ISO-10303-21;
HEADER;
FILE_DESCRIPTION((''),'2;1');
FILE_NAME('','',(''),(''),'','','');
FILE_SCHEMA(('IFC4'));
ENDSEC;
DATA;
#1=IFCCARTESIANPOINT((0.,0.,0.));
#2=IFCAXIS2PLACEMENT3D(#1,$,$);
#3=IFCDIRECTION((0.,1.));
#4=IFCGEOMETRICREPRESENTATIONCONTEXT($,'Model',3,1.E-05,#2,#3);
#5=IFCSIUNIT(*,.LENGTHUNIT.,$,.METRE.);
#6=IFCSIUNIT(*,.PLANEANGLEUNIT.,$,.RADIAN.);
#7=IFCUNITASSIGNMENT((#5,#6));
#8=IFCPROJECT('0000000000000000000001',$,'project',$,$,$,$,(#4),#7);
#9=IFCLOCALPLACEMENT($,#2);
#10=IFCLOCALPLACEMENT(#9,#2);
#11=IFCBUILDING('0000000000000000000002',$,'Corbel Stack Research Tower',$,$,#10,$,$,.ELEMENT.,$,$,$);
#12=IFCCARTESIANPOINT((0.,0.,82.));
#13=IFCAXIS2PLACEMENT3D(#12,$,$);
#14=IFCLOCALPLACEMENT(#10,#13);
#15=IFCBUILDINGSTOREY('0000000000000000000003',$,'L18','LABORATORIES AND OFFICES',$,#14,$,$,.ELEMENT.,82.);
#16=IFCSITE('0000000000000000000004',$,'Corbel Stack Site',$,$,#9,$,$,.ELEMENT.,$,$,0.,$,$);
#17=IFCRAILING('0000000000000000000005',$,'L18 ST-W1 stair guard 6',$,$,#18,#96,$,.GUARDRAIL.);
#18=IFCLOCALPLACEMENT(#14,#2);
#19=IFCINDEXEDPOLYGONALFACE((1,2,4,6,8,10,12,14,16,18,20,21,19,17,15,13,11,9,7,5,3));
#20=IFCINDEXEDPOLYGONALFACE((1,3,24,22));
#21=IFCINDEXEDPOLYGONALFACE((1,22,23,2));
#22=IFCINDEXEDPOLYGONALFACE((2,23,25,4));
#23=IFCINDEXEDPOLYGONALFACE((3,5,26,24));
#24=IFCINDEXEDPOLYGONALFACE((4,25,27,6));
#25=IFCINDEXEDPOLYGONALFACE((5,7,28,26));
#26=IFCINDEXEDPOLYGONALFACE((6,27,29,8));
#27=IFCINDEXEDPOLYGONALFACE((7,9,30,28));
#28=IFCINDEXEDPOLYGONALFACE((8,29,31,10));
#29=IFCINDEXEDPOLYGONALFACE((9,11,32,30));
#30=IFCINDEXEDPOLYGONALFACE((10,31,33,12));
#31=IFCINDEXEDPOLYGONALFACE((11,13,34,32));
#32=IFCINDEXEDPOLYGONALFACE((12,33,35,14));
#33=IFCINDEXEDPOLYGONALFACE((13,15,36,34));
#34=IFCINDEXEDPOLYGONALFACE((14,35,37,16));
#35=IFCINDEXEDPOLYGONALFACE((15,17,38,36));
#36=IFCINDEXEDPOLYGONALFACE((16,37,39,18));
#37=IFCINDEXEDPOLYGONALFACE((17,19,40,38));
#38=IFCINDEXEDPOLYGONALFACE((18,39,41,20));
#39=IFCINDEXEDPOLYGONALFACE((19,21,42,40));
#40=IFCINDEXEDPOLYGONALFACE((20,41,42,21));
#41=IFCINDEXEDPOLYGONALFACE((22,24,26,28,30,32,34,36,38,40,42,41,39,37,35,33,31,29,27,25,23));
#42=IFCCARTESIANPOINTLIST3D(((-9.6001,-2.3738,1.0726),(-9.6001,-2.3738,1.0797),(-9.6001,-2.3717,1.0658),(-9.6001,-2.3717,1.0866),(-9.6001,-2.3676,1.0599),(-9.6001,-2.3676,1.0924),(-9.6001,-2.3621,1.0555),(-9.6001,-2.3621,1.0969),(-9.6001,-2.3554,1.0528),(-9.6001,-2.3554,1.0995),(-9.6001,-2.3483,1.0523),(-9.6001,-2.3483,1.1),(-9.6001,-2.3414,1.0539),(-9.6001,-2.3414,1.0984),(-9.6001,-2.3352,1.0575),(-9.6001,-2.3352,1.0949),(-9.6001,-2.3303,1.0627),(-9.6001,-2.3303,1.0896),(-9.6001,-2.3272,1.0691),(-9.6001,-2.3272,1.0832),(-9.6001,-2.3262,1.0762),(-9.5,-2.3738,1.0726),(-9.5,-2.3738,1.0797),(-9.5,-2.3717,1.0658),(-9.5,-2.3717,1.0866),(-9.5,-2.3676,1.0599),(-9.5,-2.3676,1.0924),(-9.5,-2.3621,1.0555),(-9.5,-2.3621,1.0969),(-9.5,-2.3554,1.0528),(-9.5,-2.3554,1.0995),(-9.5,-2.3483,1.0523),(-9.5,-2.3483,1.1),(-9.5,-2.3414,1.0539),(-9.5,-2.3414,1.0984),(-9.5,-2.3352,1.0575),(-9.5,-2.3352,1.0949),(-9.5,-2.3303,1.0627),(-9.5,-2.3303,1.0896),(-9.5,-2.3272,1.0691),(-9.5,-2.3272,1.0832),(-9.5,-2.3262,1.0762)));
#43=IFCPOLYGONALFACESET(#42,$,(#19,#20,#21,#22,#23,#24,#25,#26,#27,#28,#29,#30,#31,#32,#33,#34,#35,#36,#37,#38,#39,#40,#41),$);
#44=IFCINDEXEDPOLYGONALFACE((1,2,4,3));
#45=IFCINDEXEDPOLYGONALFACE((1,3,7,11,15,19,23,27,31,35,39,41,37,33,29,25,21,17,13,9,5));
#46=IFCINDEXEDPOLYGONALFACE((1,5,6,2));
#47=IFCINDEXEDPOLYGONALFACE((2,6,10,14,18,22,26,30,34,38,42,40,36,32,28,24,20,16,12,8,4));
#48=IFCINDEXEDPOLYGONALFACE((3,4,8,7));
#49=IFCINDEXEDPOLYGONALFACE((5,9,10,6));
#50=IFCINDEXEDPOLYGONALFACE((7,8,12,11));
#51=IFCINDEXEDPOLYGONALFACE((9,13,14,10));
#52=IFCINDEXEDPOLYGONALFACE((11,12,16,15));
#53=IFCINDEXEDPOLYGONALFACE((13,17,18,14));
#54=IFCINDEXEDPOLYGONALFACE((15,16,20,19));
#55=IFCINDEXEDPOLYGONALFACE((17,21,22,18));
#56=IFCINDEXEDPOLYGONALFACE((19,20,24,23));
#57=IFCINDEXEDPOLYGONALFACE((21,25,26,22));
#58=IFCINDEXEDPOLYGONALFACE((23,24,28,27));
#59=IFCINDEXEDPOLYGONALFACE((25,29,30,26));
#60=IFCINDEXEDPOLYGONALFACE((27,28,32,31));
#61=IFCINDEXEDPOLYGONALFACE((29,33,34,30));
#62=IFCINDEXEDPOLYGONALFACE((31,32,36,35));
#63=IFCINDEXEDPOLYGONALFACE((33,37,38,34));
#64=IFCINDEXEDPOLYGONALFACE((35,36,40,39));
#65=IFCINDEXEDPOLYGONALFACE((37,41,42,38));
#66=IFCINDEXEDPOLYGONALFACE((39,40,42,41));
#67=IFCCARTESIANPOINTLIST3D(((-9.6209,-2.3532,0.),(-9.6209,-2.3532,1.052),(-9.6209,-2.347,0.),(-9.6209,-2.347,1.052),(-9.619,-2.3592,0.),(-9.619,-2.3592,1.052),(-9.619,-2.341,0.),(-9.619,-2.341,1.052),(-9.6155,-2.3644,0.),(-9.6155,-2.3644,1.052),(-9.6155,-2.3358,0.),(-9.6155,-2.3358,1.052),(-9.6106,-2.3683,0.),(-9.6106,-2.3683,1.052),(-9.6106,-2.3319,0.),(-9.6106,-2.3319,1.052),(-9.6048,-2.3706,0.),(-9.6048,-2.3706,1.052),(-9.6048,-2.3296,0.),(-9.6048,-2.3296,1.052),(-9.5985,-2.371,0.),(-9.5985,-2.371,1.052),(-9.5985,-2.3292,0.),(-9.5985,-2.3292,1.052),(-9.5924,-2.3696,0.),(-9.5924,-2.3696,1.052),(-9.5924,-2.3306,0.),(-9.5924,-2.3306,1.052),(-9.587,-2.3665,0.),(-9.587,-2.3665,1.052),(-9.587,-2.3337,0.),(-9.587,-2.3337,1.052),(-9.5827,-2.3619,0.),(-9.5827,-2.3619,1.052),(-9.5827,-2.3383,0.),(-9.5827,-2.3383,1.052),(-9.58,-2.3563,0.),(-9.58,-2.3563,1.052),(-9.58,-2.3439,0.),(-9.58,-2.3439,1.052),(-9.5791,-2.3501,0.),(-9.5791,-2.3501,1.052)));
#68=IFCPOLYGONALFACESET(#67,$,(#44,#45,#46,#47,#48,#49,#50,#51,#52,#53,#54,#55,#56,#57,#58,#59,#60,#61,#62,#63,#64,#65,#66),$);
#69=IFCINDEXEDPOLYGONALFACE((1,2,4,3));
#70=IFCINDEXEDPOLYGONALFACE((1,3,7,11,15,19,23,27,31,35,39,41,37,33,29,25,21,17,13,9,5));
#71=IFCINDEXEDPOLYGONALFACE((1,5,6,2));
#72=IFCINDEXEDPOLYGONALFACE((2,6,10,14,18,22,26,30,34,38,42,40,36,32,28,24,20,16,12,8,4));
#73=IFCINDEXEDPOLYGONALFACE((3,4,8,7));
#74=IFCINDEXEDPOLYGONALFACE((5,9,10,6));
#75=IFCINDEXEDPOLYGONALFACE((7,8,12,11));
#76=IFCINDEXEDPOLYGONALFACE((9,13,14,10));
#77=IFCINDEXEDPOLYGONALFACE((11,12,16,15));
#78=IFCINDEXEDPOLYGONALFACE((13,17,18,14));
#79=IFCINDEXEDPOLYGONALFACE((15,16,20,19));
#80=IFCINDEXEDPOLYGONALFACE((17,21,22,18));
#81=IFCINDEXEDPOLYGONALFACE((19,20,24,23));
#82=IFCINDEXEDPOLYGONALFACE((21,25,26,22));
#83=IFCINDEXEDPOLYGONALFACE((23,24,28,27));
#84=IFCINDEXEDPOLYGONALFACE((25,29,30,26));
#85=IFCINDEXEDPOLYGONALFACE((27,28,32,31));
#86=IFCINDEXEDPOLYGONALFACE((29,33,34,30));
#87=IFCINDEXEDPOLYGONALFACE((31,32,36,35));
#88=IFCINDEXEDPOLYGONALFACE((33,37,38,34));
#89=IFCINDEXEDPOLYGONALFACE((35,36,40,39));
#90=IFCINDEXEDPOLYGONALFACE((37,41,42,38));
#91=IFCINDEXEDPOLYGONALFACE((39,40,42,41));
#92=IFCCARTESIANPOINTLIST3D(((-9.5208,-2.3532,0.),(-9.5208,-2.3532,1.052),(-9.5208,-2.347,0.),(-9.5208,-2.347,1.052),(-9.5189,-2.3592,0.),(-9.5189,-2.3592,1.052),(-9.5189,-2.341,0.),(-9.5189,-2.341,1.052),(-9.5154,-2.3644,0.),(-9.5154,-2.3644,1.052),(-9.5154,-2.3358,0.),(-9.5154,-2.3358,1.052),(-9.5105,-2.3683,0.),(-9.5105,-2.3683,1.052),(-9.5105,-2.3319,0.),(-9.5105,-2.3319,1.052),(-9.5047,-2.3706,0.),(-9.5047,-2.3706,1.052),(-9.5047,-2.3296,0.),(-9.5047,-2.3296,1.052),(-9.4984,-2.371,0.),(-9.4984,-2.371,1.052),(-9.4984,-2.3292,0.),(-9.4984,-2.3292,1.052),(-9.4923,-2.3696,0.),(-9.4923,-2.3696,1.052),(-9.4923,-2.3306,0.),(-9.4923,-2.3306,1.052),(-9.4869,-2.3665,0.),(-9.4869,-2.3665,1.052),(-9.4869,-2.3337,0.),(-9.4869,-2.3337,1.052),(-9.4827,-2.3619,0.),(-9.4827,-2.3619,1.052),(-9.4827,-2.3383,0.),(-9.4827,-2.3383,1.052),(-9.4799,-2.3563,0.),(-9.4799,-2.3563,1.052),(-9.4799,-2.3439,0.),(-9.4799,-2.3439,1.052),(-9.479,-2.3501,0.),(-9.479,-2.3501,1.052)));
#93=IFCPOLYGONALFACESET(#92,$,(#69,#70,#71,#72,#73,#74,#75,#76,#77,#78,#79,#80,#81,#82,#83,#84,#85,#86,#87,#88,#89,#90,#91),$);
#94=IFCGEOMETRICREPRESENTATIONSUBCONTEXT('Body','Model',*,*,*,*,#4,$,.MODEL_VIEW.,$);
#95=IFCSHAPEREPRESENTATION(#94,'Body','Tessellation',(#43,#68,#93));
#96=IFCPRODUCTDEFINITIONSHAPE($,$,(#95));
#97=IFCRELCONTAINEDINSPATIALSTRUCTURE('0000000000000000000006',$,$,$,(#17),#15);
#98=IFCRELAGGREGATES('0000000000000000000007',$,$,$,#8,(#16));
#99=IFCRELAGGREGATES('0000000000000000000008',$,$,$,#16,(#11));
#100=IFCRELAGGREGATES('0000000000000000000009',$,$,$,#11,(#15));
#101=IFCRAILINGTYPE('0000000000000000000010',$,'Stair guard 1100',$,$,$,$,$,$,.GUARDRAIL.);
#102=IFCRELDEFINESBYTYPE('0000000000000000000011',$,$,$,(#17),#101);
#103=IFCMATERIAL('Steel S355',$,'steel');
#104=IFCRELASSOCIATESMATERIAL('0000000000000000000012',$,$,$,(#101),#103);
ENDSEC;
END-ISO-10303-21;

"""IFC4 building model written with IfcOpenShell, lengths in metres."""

from ifc_helpers import new_model, si_unit, direction, frame, origin, origin_2d, place, context, subcontext, project, spatial, circle, extrude, material, type_object, element, save


model = new_model("IFC4")

# Units and contexts
model_context = context("Model", 3, precision=1e-05, world=origin(), true_north=direction((0.0, 1.0)))
body_context = subcontext(model_context, "Body", "Model", "MODEL_VIEW")
ifc_project = project(units=[si_unit("LENGTHUNIT", "METRE"), si_unit("PLANEANGLEUNIT", "RADIAN")], contexts=[model_context])

# Site, building, storey
site_placement = place(None, origin())
site = spatial("IfcSite", under=ifc_project, at=site_placement, Name="Corbel Stack Site", CompositionType="ELEMENT", RefElevation=0.0)
building_placement = place(site_placement, origin())
building = spatial("IfcBuilding", under=site, at=building_placement, Name="Corbel Stack Research Tower", CompositionType="ELEMENT")
storey_placement = place(building_placement, frame((0.0, 0.0, 82.0)))
storey = spatial("IfcBuildingStorey", under=building, at=storey_placement, Name="L18", Description="LABORATORIES AND OFFICES", CompositionType="ELEMENT", Elevation=82.0)

# Railing
ifc_material_1 = material(Name="Steel S355", Category="steel")
railing_type_1 = type_object("IfcRailingType", Name="Stair guard 1100", PredefinedType="GUARDRAIL", material=ifc_material_1)
for number, where, name in (
    (1, (-9.6001, -2.3501, 0.0), "L18 ST-W1 stair guard 6"),
):
    element("IfcRailing", number, at=place(storey_placement, frame(where)), inside=storey, type_object=railing_type_1, Name=name, PredefinedType="GUARDRAIL", context=body_context, shape_type="SweptSolid", body=[
        extrude(circle(Radius=0.0239, at=origin_2d()), frame((0.0, 0.0, 1.0762), z_axis=(1.0, 0.0, 0.0), x_axis=(0.0, 1.0, 0.0)), (0.0, 0.0, 1.0), 0.1001),
        extrude(circle(Radius=0.021, at=origin_2d()), origin(), (0.0, 0.0, 1.0), 1.052),
        extrude(circle(Radius=0.021, at=origin_2d()), frame((0.1001, 0.0, 0.0)), (0.0, 0.0, 1.0), 1.052),
    ])

save(model, "model.ifc")
